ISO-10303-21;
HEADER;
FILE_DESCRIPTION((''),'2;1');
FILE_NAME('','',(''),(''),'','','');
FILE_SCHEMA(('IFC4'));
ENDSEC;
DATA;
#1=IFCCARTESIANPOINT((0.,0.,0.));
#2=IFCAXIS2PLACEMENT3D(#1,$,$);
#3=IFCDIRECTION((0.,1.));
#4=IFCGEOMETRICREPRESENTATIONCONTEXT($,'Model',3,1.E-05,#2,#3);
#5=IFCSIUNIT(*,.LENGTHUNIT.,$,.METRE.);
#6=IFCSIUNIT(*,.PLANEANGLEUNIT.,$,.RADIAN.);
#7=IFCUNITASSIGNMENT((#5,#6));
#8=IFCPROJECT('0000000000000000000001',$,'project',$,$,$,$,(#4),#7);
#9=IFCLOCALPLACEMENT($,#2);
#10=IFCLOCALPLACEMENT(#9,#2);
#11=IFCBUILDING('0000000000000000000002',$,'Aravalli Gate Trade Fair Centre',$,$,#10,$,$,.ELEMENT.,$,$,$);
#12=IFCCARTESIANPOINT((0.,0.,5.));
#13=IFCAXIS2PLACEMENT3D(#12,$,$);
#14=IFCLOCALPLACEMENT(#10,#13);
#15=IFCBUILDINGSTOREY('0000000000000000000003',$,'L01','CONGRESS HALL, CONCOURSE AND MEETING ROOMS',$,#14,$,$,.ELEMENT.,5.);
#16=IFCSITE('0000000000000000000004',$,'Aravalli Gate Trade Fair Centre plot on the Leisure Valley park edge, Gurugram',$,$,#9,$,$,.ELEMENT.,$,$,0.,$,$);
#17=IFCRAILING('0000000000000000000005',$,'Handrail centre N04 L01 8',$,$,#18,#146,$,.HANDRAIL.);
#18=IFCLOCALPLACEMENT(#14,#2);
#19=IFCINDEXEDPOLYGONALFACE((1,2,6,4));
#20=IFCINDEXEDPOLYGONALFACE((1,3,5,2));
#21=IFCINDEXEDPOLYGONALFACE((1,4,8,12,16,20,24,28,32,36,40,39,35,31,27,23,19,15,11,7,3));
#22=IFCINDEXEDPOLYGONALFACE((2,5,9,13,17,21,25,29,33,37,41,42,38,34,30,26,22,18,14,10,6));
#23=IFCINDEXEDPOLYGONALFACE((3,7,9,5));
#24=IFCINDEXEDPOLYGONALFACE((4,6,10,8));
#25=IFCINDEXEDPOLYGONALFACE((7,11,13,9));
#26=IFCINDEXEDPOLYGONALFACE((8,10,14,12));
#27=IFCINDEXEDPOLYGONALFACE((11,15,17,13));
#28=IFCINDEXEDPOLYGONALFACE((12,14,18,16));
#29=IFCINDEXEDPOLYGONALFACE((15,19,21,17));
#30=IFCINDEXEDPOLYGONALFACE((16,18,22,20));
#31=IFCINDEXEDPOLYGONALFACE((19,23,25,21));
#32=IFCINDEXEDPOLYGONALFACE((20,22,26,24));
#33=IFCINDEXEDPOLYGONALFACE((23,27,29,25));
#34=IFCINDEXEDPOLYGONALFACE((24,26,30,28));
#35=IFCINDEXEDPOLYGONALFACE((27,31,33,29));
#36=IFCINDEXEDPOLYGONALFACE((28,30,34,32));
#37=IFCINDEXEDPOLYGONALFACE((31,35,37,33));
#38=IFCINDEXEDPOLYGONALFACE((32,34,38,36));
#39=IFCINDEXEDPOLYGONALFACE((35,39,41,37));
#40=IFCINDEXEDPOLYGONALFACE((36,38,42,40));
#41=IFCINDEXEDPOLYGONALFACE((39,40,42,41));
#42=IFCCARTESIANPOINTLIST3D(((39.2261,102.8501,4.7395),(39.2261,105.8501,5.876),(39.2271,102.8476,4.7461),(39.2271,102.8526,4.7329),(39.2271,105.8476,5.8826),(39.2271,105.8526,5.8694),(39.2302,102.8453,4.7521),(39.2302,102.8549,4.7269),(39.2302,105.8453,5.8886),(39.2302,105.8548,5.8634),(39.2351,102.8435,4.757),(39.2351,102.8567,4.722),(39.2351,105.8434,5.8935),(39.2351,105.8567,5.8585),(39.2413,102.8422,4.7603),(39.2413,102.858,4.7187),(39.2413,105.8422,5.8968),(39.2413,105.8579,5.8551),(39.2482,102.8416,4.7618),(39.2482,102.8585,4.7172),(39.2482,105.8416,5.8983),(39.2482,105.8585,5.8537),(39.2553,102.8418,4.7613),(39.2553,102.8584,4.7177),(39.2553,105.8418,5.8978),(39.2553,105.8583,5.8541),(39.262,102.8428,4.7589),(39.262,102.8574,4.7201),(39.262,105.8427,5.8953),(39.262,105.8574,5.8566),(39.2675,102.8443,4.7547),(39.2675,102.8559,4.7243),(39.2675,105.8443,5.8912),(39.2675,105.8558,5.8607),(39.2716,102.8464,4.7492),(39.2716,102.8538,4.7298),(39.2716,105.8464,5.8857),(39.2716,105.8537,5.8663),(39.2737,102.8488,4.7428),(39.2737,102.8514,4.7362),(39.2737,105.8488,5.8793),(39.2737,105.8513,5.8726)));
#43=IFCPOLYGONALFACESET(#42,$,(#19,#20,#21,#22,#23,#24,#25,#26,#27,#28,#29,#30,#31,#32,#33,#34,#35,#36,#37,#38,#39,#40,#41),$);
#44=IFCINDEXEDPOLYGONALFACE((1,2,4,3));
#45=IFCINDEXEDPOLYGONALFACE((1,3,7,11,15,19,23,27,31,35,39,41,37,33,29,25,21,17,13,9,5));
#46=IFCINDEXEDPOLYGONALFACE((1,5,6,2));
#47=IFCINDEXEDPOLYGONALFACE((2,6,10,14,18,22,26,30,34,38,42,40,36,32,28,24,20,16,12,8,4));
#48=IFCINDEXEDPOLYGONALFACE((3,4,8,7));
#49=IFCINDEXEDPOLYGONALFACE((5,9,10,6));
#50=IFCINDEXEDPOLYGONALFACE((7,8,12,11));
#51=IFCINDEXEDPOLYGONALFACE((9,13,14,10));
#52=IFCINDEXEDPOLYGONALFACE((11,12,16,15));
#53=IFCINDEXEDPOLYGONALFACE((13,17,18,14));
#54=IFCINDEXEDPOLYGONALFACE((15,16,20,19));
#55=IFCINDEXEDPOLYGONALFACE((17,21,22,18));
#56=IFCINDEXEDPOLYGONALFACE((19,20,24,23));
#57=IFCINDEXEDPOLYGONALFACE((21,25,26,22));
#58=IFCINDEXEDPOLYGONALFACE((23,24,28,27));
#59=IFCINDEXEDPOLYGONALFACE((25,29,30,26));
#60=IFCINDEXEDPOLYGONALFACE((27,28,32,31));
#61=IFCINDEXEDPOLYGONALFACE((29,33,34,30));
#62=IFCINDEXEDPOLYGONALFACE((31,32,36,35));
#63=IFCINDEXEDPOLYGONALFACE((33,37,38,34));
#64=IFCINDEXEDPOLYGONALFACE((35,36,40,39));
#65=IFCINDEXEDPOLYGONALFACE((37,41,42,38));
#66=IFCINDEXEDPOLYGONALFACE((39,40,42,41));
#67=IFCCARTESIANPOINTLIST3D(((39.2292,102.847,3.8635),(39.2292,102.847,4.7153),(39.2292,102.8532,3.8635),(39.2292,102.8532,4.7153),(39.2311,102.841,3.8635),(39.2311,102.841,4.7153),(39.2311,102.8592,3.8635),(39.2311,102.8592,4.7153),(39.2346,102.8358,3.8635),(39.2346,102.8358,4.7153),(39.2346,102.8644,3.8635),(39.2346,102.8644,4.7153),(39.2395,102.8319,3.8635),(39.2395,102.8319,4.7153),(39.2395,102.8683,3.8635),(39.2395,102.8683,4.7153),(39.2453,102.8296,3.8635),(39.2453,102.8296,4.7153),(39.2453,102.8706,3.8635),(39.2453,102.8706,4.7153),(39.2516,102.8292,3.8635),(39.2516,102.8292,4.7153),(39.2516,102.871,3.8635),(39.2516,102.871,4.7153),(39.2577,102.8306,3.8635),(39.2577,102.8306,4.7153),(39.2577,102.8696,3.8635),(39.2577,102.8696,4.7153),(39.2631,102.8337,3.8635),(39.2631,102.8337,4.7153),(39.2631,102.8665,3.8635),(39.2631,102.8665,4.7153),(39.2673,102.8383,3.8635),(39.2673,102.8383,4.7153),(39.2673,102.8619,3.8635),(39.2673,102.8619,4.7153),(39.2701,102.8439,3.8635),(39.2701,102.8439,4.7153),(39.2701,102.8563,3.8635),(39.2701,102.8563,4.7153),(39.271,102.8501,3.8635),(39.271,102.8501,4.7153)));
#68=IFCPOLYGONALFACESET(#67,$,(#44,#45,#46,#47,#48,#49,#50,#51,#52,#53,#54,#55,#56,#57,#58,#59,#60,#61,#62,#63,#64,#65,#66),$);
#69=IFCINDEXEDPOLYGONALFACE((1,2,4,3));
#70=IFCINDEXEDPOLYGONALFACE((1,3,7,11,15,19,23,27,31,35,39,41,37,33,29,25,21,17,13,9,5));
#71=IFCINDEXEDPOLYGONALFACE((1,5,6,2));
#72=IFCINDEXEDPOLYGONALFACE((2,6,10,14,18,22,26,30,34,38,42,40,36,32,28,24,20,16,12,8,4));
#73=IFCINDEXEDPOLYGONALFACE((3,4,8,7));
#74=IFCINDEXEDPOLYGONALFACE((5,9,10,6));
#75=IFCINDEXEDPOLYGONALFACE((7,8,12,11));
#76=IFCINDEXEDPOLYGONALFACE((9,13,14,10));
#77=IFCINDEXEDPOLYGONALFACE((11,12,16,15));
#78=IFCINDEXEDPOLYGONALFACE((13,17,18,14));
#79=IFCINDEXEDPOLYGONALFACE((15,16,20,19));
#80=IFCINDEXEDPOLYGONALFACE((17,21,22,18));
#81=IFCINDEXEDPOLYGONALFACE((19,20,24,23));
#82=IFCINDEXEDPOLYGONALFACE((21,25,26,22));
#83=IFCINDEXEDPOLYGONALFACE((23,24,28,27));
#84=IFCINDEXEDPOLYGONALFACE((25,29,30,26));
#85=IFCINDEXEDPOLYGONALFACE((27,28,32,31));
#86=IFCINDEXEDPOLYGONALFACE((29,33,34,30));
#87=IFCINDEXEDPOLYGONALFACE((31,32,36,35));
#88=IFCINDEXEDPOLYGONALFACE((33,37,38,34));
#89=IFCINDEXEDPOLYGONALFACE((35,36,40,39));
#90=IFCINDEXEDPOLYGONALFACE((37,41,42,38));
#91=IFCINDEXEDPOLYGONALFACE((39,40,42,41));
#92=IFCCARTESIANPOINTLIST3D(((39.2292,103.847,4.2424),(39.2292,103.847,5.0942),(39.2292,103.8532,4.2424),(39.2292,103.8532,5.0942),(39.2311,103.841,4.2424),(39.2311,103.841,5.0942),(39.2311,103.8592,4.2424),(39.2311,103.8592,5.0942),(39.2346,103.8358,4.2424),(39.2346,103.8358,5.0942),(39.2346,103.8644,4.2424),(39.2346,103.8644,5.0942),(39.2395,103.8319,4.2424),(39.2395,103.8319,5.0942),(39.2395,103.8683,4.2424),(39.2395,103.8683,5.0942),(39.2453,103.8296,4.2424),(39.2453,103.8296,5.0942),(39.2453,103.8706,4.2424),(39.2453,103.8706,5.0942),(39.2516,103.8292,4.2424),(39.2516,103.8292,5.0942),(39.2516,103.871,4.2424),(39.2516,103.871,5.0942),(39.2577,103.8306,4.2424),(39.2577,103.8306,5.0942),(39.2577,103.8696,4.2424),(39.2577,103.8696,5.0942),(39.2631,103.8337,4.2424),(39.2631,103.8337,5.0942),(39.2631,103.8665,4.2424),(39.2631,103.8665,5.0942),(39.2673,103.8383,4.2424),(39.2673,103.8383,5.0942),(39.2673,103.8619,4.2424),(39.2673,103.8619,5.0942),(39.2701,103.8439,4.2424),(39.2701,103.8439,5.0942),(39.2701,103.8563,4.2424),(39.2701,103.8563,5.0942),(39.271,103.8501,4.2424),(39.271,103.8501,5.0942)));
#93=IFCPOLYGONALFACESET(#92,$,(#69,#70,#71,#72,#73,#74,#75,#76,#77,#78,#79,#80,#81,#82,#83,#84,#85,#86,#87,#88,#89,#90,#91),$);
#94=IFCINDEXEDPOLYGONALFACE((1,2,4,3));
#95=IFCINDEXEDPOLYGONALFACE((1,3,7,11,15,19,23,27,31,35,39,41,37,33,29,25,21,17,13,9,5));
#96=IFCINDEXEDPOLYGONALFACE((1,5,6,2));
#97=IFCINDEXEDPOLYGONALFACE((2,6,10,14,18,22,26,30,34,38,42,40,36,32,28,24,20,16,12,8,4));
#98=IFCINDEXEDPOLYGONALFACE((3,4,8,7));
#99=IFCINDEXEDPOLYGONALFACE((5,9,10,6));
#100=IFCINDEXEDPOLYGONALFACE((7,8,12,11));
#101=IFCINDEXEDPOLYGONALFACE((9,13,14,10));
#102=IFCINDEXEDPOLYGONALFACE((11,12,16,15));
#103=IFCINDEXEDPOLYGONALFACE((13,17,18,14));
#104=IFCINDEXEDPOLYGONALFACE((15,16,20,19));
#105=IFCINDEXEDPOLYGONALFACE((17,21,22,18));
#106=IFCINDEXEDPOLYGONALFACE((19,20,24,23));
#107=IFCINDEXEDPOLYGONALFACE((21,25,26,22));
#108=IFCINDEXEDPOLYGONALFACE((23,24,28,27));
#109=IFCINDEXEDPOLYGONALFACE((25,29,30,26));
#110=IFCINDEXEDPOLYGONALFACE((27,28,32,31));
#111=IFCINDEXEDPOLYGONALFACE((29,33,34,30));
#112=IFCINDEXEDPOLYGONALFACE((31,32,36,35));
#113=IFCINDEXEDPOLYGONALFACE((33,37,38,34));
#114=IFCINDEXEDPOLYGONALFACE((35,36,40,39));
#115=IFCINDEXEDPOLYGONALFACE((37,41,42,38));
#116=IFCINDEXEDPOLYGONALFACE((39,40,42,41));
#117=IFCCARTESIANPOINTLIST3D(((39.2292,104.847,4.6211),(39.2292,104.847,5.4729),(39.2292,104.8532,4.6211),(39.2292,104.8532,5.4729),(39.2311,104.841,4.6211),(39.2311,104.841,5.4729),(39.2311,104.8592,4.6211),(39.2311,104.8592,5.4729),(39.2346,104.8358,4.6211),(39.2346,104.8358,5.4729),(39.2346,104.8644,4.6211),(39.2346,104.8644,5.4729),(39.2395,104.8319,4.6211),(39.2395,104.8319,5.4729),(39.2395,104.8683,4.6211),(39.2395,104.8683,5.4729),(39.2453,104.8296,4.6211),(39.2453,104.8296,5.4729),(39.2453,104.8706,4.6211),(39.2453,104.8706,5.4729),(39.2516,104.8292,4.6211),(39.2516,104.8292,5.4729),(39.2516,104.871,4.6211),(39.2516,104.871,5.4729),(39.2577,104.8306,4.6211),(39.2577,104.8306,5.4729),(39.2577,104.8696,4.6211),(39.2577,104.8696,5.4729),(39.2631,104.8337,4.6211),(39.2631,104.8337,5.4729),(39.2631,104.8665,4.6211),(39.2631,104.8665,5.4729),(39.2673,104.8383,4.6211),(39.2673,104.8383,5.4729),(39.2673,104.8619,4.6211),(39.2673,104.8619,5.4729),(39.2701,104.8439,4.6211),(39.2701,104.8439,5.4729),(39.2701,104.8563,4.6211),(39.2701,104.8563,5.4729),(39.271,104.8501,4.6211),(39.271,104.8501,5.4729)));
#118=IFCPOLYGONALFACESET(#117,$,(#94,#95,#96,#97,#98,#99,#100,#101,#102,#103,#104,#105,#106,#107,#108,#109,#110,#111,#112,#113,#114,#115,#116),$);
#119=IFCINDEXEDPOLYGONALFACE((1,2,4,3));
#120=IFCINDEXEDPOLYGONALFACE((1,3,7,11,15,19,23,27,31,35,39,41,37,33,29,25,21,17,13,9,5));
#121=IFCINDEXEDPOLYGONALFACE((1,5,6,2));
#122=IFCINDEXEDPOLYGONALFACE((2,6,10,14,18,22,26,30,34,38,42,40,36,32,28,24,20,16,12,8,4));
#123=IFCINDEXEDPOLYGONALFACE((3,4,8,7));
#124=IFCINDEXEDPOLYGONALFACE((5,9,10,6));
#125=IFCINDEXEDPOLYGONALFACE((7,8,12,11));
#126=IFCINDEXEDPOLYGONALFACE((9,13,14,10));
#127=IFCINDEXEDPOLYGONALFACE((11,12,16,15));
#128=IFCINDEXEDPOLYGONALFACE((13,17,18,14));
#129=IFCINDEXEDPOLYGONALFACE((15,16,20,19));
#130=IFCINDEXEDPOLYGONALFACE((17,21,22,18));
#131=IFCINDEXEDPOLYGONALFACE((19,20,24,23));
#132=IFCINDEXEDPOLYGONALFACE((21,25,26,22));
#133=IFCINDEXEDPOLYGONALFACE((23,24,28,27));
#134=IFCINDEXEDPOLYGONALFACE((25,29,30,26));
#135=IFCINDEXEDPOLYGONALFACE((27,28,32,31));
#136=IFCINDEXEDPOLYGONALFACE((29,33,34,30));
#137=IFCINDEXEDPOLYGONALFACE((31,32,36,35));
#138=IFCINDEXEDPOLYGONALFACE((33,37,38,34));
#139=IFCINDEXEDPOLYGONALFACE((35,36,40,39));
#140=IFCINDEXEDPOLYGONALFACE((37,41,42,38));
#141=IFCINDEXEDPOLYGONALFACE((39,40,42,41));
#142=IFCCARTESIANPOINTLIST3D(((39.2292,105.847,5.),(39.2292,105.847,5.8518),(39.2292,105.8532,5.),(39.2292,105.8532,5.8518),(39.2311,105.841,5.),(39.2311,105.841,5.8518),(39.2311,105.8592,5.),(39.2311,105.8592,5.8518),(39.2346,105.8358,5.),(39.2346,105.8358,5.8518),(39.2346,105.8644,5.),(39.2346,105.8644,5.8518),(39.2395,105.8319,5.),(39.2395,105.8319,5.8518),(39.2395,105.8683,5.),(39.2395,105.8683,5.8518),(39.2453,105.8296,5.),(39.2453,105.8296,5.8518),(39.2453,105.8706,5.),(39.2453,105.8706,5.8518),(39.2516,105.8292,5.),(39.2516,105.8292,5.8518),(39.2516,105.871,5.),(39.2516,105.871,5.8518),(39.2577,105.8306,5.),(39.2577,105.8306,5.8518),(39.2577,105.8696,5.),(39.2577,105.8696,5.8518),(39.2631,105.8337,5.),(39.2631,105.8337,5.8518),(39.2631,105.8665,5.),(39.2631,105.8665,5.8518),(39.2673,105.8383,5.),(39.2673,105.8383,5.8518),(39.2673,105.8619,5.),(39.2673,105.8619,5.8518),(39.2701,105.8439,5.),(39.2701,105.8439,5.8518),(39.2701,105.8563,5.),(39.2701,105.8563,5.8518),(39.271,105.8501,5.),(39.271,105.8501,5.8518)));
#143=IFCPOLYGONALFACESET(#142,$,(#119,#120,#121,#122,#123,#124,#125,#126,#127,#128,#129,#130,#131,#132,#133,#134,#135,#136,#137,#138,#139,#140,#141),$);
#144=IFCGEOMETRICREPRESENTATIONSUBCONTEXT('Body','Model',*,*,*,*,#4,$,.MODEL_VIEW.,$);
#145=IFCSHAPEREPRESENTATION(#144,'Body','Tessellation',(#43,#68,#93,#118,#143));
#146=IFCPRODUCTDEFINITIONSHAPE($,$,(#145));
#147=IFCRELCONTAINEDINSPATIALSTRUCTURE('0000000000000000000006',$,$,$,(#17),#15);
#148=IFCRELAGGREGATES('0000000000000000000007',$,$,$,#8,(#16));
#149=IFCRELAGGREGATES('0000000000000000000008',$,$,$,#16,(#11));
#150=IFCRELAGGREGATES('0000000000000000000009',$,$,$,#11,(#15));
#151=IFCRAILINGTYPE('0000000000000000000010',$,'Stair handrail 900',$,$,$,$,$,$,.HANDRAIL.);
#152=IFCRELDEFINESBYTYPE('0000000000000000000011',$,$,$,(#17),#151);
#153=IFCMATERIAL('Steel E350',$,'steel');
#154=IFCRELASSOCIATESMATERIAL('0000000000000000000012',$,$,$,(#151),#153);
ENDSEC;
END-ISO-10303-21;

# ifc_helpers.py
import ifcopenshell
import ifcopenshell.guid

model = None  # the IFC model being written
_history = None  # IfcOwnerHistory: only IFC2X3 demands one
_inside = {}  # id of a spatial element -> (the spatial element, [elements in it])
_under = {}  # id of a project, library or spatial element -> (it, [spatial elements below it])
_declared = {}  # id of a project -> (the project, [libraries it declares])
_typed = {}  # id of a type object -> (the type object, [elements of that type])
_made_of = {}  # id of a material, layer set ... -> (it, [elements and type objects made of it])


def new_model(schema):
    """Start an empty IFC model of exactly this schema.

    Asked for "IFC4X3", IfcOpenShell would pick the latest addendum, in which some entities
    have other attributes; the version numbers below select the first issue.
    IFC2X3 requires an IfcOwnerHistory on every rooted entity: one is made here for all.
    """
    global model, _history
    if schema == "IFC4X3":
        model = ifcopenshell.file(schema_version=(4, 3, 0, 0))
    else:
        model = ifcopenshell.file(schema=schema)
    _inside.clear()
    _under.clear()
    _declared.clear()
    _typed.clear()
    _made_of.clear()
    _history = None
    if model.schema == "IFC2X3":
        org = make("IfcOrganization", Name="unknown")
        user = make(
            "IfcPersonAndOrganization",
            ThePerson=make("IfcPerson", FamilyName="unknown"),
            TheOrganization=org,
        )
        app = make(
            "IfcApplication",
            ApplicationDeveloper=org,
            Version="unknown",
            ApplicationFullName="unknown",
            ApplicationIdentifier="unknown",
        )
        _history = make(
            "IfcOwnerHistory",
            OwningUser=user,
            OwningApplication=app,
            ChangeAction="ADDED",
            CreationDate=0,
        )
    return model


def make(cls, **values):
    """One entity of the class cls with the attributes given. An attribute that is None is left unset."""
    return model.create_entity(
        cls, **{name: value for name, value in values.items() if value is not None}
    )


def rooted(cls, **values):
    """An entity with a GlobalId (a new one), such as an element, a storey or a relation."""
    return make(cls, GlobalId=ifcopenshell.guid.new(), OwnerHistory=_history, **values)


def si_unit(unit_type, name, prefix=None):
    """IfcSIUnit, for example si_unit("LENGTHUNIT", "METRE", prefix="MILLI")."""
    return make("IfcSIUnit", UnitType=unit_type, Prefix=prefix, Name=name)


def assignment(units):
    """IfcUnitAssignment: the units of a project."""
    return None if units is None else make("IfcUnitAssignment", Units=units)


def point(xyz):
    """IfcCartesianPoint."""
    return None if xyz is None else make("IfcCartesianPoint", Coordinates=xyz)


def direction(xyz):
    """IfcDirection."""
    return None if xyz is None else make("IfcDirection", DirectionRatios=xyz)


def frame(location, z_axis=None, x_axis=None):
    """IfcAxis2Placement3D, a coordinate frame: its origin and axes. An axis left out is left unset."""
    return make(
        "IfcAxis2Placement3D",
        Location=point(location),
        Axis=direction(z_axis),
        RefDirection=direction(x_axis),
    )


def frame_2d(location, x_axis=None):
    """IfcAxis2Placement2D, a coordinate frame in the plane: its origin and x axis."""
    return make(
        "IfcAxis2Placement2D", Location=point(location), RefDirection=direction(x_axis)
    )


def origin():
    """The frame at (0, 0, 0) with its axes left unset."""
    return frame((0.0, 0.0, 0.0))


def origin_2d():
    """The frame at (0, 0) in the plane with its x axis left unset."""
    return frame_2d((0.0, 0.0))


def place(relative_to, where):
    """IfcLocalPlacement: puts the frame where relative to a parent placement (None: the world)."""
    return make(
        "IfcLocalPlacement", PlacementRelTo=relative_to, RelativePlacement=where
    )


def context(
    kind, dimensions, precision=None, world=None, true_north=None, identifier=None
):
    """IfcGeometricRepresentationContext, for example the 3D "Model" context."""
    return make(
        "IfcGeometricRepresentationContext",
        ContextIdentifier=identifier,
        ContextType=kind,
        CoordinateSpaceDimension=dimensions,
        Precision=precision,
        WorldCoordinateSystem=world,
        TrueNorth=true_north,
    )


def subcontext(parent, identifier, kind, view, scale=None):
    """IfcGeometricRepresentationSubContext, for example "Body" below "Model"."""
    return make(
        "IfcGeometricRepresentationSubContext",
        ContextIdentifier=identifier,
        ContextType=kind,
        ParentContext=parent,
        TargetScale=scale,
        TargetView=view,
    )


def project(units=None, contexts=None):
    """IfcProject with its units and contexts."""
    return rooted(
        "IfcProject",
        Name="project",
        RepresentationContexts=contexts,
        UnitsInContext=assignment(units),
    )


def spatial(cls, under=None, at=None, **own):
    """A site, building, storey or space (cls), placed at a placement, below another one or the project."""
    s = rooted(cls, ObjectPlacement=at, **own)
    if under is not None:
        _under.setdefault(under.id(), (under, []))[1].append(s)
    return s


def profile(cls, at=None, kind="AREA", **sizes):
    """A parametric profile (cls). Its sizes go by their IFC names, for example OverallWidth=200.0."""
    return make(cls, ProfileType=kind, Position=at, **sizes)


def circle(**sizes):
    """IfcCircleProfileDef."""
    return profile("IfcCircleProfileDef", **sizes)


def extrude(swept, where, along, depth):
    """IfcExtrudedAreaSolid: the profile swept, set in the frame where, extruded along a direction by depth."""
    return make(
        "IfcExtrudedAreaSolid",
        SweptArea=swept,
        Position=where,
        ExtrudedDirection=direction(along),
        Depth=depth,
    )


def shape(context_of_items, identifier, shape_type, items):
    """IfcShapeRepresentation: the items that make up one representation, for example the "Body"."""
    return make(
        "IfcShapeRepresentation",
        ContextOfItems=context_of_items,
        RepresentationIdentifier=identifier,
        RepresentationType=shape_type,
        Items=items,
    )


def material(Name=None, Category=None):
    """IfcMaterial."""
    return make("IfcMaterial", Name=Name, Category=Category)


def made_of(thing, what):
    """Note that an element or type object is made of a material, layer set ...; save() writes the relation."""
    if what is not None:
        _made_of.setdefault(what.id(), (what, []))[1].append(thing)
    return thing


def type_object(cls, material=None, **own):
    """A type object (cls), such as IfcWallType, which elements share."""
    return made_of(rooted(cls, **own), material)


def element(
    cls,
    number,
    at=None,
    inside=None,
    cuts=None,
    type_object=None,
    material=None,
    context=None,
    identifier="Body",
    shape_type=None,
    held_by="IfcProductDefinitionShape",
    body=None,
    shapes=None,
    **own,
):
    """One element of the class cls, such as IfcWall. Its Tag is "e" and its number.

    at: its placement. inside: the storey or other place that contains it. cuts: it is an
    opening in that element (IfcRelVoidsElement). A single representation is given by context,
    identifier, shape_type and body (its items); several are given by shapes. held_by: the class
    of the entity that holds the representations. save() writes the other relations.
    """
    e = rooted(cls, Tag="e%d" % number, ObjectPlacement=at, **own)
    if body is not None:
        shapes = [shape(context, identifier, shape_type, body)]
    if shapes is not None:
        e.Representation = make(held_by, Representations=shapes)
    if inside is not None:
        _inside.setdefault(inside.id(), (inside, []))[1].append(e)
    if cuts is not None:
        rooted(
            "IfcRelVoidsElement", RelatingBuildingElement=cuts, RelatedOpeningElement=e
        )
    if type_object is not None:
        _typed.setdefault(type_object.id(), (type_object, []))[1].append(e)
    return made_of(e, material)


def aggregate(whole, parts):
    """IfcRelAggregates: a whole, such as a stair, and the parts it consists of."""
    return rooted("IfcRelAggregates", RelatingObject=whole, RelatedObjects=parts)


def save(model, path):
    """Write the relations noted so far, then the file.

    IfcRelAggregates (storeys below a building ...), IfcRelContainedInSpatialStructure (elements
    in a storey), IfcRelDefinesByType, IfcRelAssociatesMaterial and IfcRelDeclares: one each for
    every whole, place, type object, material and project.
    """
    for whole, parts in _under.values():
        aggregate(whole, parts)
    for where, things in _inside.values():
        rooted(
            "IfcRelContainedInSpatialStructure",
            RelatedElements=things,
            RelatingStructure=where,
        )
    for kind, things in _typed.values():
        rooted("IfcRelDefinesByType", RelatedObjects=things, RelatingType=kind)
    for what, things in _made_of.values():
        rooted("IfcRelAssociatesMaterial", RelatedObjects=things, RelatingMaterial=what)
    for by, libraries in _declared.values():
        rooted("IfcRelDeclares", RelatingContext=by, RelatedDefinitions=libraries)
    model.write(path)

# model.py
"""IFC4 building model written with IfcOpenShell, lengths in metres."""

from ifc_helpers import new_model, si_unit, direction, frame, origin, origin_2d, place, context, subcontext, project, spatial, circle, extrude, material, type_object, element, save


model = new_model("IFC4")

# Units and contexts
model_context = context("Model", 3, precision=1e-05, world=origin(), true_north=direction((0.0, 1.0)))
body_context = subcontext(model_context, "Body", "Model", "MODEL_VIEW")
ifc_project = project(units=[si_unit("LENGTHUNIT", "METRE"), si_unit("PLANEANGLEUNIT", "RADIAN")], contexts=[model_context])

# Site, building, storey
site_placement = place(None, origin())
site = spatial("IfcSite", under=ifc_project, at=site_placement, Name="Aravalli Gate Trade Fair Centre plot on the Leisure Valley park edge, Gurugram", CompositionType="ELEMENT", RefElevation=0.0)
building_placement = place(site_placement, origin())
building = spatial("IfcBuilding", under=site, at=building_placement, Name="Aravalli Gate Trade Fair Centre", CompositionType="ELEMENT")
storey_placement = place(building_placement, frame((0.0, 0.0, 5.0)))
storey = spatial("IfcBuildingStorey", under=building, at=storey_placement, Name="L01", Description="CONGRESS HALL, CONCOURSE AND MEETING ROOMS", CompositionType="ELEMENT", Elevation=5.0)

# Railing
ifc_material_1 = material(Name="Steel E350", Category="steel")
railing_type = type_object("IfcRailingType", Name="Stair handrail 900", PredefinedType="HANDRAIL", material=ifc_material_1)
for number, where, name in (
    (1, (39.25, 102.8501, 3.8635), "Handrail centre N04 L01 8"),
):
    element("IfcRailing", number, at=place(storey_placement, frame(where)), inside=storey, type_object=railing_type, Name=name, PredefinedType="HANDRAIL", context=body_context, shape_type="SweptSolid", body=[
        extrude(circle(Radius=0.0239, at=origin_2d()), frame((0.0, 0.0, 0.876), z_axis=(0.0, 0.935148, 0.354257), x_axis=(-1.0, 0.0, 0.0)), (0.0, 0.0, 1.0), 3.208),
        extrude(circle(Radius=0.021, at=origin_2d()), origin(), (0.0, 0.0, 1.0), 0.8518),
        extrude(circle(Radius=0.021, at=origin_2d()), frame((0.0, 1.0, 0.3789)), (0.0, 0.0, 1.0), 0.8518),
        extrude(circle(Radius=0.021, at=origin_2d()), frame((0.0, 2.0, 0.7576)), (0.0, 0.0, 1.0), 0.8518),
        extrude(circle(Radius=0.021, at=origin_2d()), frame((0.0, 3.0, 1.1365)), (0.0, 0.0, 1.0), 0.8518),
    ])

save(model, "model.ifc")
